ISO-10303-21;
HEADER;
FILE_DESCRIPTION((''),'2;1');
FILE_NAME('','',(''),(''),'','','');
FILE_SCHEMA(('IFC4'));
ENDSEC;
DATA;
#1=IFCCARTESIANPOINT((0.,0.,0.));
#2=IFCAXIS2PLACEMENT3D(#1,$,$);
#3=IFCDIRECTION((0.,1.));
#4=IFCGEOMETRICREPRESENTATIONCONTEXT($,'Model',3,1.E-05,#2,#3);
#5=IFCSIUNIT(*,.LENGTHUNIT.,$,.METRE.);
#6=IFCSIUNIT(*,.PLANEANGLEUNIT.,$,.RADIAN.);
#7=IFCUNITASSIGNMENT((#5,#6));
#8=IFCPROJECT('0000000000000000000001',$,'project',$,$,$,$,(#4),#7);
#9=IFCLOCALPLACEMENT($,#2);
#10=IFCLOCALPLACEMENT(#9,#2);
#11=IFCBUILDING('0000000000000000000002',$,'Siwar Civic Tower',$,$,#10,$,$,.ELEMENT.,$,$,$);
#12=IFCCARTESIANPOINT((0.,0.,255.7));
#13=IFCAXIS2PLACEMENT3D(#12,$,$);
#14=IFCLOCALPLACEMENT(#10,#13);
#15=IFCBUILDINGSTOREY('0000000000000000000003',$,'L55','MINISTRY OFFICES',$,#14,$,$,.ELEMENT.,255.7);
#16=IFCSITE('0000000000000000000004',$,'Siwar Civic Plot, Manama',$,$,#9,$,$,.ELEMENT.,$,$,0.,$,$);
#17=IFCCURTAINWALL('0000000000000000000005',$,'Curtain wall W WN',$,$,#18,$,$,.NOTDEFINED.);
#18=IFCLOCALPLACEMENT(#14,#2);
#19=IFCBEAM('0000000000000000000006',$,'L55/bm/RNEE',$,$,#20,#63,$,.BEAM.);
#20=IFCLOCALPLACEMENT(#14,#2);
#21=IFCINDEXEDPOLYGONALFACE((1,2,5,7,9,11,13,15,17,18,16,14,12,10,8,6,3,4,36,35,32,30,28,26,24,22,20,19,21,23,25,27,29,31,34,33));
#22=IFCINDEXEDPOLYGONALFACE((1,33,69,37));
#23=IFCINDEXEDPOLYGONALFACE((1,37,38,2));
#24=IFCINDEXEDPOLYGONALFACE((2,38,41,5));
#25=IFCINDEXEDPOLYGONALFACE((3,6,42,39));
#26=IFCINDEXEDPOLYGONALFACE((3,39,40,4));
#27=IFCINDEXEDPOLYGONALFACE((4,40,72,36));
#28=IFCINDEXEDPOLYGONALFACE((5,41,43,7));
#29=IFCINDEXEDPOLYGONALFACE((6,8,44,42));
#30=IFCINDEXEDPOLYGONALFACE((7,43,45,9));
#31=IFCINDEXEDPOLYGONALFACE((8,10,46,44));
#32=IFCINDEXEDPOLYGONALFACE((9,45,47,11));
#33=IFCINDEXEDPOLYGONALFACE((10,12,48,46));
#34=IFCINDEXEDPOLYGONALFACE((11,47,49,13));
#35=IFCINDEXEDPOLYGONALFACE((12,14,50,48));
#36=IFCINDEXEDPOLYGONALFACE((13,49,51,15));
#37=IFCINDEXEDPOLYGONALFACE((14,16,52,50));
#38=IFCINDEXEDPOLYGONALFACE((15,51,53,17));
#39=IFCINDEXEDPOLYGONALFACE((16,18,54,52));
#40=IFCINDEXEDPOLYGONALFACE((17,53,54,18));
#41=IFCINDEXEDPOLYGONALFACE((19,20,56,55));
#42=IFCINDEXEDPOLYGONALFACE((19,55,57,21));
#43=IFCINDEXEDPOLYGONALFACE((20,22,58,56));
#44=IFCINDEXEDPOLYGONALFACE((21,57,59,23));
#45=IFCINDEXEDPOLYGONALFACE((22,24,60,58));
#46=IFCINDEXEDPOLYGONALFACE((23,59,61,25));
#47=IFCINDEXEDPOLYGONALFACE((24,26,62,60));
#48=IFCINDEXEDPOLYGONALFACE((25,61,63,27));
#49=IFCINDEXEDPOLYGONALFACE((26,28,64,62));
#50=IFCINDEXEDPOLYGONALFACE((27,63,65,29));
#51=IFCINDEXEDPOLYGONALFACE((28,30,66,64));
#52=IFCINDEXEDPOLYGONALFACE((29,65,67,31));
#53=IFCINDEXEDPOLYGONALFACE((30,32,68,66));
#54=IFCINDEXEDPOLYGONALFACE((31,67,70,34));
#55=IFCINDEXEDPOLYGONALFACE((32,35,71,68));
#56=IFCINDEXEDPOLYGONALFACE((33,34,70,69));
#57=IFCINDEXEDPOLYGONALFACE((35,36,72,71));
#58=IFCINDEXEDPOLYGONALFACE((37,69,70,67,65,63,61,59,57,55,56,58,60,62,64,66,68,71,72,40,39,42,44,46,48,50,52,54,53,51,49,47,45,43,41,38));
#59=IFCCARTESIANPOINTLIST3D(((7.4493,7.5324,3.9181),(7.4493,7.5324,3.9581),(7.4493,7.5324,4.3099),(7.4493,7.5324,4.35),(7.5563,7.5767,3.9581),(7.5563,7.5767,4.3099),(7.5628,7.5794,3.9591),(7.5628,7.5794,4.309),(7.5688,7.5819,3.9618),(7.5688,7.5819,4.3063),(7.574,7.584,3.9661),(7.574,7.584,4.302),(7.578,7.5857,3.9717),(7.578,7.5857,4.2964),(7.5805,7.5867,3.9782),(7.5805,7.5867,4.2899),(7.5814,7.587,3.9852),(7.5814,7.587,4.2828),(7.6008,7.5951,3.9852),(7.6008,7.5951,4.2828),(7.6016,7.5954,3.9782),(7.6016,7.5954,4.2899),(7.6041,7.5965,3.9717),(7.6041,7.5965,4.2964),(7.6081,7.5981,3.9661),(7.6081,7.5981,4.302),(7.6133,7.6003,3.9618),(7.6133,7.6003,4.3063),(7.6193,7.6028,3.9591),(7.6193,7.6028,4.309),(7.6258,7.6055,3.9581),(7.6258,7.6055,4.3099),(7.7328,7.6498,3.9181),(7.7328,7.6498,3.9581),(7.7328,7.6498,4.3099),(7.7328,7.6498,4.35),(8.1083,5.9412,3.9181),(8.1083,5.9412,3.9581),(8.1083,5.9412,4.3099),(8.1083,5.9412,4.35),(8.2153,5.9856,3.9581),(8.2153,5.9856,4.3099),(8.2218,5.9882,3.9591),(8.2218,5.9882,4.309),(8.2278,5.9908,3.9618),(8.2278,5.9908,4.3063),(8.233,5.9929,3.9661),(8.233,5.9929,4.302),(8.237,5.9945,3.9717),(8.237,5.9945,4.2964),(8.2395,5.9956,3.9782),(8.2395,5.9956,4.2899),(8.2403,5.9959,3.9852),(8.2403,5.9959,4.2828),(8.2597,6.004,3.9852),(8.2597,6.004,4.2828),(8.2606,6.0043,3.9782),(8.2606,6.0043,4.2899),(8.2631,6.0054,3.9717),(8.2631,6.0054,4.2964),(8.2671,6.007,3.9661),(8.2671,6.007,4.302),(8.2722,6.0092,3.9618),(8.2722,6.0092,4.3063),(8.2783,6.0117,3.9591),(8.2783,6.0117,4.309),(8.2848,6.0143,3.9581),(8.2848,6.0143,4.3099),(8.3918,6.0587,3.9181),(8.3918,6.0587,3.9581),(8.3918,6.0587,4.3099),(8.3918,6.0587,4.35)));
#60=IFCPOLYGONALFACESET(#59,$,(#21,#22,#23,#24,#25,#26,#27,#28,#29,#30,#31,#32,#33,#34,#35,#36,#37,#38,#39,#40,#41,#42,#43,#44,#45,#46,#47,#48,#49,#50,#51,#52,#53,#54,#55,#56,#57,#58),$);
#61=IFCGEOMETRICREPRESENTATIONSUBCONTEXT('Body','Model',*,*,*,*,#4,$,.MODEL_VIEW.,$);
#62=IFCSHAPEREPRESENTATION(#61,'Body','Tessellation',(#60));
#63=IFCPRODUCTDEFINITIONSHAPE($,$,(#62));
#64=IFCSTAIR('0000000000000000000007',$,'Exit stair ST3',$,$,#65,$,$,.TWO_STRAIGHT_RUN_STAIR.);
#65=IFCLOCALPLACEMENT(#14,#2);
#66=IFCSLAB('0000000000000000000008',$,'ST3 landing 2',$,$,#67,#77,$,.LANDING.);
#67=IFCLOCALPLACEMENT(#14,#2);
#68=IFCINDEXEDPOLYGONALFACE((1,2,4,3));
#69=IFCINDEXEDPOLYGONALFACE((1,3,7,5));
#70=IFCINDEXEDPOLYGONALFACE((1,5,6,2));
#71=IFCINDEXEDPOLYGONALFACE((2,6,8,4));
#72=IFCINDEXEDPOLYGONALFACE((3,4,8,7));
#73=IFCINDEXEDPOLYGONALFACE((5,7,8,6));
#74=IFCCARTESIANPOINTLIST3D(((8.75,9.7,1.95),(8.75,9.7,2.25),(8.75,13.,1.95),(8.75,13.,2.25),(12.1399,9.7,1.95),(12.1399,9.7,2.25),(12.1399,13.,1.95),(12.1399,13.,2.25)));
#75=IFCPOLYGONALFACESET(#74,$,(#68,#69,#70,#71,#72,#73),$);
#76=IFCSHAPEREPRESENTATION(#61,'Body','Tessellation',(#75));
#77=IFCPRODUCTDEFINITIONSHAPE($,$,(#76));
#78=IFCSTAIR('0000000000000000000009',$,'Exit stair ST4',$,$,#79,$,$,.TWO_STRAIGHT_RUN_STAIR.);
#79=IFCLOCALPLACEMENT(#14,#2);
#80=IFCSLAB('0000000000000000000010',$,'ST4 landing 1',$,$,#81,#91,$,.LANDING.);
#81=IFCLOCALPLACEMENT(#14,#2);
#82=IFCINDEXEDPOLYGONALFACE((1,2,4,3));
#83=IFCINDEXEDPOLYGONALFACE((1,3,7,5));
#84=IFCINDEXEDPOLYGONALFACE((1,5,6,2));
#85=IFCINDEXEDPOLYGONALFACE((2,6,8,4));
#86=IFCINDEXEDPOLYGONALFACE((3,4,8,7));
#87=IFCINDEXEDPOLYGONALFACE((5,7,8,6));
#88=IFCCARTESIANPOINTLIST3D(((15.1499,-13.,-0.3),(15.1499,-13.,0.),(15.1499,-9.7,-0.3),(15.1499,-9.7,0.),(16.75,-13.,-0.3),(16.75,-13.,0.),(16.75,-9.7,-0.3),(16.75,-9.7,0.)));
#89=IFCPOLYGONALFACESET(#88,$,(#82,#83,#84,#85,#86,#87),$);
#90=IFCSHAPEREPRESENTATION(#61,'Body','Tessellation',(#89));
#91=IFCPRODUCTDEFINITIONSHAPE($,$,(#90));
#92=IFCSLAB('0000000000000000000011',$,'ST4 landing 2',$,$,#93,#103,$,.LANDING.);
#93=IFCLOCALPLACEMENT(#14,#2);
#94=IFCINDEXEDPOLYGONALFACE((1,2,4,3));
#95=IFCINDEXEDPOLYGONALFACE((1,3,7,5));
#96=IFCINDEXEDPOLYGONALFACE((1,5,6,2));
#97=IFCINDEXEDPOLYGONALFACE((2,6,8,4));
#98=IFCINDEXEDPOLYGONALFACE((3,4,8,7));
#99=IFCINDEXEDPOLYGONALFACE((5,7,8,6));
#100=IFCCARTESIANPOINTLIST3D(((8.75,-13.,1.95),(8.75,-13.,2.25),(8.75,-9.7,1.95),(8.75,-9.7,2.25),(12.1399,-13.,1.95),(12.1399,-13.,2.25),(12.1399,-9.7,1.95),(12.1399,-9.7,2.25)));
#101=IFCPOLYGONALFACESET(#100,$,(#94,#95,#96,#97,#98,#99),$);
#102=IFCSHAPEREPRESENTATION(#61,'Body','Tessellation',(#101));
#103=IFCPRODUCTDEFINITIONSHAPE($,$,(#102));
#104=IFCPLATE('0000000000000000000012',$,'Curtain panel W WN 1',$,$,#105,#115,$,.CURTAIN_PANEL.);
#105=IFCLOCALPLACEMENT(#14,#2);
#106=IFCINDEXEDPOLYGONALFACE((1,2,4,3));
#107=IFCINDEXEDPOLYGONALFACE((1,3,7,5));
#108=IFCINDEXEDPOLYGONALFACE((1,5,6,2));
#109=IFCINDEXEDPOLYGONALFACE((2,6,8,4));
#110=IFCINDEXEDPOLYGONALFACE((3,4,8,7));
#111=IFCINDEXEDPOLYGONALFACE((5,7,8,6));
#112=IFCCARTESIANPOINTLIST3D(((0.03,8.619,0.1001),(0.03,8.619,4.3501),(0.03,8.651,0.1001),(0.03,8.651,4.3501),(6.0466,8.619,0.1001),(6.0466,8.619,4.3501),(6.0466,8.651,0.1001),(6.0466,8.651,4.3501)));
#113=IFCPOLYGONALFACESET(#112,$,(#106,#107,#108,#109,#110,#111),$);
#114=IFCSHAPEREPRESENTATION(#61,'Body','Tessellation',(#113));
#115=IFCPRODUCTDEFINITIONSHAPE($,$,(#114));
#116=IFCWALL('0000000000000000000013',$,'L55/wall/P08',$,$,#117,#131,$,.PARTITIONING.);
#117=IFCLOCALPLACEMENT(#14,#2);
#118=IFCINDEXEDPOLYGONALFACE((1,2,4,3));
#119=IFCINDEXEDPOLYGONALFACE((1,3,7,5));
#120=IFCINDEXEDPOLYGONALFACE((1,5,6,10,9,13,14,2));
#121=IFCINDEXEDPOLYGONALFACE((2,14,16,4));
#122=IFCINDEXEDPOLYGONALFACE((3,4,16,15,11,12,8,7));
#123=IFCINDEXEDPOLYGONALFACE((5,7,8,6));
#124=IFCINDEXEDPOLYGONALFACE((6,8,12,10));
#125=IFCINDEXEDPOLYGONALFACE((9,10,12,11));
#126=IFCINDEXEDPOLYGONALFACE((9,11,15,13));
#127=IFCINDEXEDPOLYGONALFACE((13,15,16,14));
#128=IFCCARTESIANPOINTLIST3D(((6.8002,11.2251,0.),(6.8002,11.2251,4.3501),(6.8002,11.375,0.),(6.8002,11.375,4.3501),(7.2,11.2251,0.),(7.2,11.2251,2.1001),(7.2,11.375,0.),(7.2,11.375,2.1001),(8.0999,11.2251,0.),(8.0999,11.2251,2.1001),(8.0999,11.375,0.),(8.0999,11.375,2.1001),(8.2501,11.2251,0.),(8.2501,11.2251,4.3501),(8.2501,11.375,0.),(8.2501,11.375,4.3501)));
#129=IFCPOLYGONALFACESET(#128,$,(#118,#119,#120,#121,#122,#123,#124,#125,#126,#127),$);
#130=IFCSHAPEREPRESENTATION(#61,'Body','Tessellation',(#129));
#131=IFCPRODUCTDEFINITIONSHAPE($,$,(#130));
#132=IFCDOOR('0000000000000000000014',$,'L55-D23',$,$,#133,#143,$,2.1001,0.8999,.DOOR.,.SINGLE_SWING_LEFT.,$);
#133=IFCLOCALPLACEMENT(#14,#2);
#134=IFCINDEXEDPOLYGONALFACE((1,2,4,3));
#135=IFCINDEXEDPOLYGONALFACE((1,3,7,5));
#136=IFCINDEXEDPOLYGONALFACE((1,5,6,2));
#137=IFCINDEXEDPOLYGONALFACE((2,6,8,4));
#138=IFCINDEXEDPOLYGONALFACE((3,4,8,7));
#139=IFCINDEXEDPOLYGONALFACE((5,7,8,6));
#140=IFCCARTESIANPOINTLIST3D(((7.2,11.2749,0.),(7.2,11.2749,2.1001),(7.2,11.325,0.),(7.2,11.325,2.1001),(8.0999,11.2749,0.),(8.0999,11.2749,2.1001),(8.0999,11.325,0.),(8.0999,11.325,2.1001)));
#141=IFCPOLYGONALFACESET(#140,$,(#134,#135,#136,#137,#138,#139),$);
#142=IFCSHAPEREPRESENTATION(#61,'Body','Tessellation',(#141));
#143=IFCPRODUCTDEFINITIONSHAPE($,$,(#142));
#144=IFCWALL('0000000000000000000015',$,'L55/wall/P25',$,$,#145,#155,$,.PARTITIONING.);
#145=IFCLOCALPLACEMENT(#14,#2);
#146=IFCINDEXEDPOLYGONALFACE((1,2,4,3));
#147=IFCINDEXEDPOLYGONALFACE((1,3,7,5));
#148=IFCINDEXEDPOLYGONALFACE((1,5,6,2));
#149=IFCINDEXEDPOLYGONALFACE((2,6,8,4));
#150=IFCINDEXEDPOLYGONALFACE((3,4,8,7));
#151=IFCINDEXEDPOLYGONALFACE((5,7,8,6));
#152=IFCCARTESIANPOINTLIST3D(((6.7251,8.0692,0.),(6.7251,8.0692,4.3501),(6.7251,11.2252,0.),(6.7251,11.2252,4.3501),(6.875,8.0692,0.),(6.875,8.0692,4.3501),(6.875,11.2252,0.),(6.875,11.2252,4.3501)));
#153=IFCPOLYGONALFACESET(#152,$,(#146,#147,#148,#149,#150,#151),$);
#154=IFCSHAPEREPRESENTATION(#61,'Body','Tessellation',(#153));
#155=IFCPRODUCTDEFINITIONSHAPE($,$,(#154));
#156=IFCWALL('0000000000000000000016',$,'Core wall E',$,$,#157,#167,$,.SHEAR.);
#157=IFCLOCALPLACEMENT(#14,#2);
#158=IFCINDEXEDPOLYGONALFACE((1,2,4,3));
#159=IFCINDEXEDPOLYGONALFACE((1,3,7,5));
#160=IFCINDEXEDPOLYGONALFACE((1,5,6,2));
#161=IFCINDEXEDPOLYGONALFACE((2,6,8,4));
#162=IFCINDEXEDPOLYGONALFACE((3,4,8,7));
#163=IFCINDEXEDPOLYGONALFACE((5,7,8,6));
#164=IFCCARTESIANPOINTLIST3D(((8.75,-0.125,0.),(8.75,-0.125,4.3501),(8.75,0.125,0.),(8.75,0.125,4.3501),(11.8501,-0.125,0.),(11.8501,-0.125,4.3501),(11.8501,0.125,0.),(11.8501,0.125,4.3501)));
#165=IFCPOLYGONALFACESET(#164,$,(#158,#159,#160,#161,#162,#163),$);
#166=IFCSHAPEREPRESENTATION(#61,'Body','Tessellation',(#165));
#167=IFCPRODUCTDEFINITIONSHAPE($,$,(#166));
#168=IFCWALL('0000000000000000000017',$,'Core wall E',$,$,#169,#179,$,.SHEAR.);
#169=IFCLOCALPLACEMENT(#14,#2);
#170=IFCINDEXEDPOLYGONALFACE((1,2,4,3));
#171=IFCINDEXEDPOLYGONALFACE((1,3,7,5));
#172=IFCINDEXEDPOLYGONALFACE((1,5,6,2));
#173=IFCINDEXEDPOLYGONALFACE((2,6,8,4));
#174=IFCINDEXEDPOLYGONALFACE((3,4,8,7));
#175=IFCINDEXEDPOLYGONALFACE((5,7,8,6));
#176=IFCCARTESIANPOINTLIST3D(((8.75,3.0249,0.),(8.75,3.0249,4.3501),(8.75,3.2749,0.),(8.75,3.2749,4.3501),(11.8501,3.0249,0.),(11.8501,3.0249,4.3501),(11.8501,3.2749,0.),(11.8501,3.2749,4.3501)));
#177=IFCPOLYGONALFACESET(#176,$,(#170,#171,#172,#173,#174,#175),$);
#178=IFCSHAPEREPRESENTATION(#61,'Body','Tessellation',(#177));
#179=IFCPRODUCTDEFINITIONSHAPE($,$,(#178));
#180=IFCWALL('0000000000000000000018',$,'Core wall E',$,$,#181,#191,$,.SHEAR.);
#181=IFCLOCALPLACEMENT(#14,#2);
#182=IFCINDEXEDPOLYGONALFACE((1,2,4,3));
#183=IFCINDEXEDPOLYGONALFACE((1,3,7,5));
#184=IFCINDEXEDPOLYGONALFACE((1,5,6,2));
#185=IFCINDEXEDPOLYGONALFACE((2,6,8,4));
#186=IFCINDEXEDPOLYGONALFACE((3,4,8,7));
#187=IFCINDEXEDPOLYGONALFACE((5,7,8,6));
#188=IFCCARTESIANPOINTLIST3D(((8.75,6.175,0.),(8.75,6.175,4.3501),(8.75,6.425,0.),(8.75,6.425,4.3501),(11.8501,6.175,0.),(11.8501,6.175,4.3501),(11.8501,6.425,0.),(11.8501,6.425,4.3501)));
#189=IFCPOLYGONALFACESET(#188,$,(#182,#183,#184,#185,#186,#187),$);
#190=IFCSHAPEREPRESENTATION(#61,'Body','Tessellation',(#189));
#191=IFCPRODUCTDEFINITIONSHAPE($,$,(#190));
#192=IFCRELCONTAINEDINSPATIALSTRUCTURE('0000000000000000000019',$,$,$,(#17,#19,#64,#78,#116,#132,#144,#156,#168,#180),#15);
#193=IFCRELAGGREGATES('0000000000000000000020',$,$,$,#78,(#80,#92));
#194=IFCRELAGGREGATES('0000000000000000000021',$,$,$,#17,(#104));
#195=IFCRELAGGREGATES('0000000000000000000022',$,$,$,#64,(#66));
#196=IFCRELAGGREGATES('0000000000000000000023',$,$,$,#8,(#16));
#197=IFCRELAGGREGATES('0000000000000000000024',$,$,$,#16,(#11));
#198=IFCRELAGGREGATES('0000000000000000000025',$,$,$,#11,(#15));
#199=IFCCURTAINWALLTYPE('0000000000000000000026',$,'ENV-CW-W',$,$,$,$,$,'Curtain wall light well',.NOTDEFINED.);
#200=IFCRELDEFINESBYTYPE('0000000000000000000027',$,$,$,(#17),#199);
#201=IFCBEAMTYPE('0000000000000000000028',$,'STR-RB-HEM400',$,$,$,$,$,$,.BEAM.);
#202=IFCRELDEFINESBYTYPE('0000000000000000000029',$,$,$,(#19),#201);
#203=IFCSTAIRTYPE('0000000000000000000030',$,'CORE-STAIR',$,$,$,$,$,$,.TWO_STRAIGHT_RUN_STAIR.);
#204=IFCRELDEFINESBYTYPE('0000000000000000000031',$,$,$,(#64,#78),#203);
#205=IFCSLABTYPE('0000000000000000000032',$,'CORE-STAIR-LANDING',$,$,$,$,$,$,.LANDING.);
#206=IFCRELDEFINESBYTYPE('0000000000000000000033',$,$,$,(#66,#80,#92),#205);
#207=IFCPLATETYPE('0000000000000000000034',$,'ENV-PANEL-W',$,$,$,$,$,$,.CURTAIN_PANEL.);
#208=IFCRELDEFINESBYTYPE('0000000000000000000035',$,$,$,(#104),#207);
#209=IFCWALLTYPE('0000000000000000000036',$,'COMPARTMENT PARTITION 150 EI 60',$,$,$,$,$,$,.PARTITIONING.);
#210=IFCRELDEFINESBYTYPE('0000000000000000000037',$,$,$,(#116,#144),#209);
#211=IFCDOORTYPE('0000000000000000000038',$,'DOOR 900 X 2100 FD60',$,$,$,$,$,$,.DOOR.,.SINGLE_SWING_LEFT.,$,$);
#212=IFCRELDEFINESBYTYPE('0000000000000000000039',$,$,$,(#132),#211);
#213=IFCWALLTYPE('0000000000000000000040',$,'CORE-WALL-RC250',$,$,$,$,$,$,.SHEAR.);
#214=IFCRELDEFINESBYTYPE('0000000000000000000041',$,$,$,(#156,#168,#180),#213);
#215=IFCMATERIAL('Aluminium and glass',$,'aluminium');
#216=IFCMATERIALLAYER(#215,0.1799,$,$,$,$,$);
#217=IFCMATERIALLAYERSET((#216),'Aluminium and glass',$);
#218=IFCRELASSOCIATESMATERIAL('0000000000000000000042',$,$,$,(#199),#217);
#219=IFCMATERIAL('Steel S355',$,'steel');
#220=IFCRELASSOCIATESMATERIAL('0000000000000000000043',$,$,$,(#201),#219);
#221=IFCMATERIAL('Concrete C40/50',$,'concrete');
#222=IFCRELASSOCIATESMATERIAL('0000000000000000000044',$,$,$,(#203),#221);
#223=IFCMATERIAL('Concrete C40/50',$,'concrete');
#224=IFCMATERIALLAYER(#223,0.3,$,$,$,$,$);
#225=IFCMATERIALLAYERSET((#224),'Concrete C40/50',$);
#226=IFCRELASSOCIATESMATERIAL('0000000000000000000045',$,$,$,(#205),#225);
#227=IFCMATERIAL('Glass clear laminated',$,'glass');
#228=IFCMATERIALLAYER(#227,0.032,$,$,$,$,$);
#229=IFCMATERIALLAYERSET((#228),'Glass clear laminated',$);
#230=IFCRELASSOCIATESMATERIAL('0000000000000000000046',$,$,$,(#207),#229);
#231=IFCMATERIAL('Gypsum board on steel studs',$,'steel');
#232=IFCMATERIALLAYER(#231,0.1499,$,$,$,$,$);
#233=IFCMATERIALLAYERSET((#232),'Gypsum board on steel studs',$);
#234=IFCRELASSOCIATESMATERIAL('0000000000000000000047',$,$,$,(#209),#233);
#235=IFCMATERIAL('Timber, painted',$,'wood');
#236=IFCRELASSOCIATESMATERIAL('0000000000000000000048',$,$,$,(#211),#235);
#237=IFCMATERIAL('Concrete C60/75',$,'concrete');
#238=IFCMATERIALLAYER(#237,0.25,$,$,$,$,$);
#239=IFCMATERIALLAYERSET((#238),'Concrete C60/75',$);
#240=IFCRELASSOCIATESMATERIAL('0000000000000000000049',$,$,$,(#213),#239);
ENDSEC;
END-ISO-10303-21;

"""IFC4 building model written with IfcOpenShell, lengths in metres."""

from ifc_helpers import new_model, si_unit, direction, frame, frame_2d, origin, origin_2d, place, context, subcontext, project, spatial, polyline, rectangle, i_section, outline, extrude, material, layer, layer_set, material_profile, profile_set, type_object, element, fill, aggregate, save


model = new_model("IFC4")

# Units and contexts
model_context = context("Model", 3, precision=1e-05, world=origin(), true_north=direction((0.0, 1.0)))
body_context = subcontext(model_context, "Body", "Model", "MODEL_VIEW")
ifc_project = project(units=[si_unit("LENGTHUNIT", "METRE"), si_unit("PLANEANGLEUNIT", "RADIAN")], contexts=[model_context])

# Site, building, storey
site_placement = place(None, origin())
site = spatial("IfcSite", under=ifc_project, at=site_placement, Name="Siwar Civic Plot, Manama", CompositionType="ELEMENT", RefElevation=0.0)
building_placement = place(site_placement, origin())
building = spatial("IfcBuilding", under=site, at=building_placement, Name="Siwar Civic Tower", CompositionType="ELEMENT")
storey_placement = place(building_placement, frame((0.0, 0.0, 255.7)))
storey = spatial("IfcBuildingStorey", under=building, at=storey_placement, Name="L55", Description="MINISTRY OFFICES", CompositionType="ELEMENT", Elevation=255.7)

# Curtain wall
ifc_material_1 = material(Name="Aluminium and glass", Category="aluminium")
ifc_layer_1 = layer(ifc_material_1, 0.1799)
ifc_layer_set_1 = layer_set([ifc_layer_1], Name="Aluminium and glass")
curtain_wall_type = type_object("IfcCurtainWallType", Name="ENV-CW-W", ElementType="Curtain wall light well", PredefinedType="NOTDEFINED", material=ifc_layer_set_1)
curtain_wall_placement = place(storey_placement, origin())
curtain_wall = element("IfcCurtainWall", 1, at=curtain_wall_placement, inside=storey, type_object=curtain_wall_type, Name="Curtain wall W WN", PredefinedType="NOTDEFINED")

# Beam
ifc_material_2 = material(Name="Steel S355", Category="steel")
ifc_material_profile_1 = material_profile(ifc_material_2, i_section(OverallWidth=0.3069, OverallDepth=0.4319, WebThickness=0.021, FlangeThickness=0.04, FilletRadius=0.0271, at=origin_2d()), Name="HEM400")
ifc_profile_set_1 = profile_set([ifc_material_profile_1], Name="Steel S355")
beam_type_1 = type_object("IfcBeamType", Name="STR-RB-HEM400", PredefinedType="BEAM", material=ifc_profile_set_1)
for number, where, z_axis, x_axis, name in (
    (2, (7.5911, 7.5911, 4.134), (0.382631, -0.923901, 0.0), (0.923901, 0.382631, 0.0), "L55/bm/RNEE"),
):
    element("IfcBeam", number, at=place(storey_placement, frame(where, z_axis=z_axis, x_axis=x_axis)), inside=storey, type_object=beam_type_1, Name=name, PredefinedType="BEAM", context=body_context, shape_type="SweptSolid", body=[
        extrude(i_section(OverallWidth=0.3069, OverallDepth=0.4319, WebThickness=0.021, FlangeThickness=0.04, FilletRadius=0.0271, at=origin_2d()), origin(), (0.0, 0.0, 1.0), 1.7222),
    ])

# Stair, slab
ifc_material_3 = material(Name="Concrete C40/50", Category="concrete")
stair_type = type_object("IfcStairType", Name="CORE-STAIR", PredefinedType="TWO_STRAIGHT_RUN_STAIR", material=ifc_material_3)
stair_1_placement = place(storey_placement, origin())
stair_1 = element("IfcStair", 3, at=stair_1_placement, inside=storey, type_object=stair_type, Name="Exit stair ST3", PredefinedType="TWO_STRAIGHT_RUN_STAIR")
ifc_material_4 = material(Name="Concrete C40/50", Category="concrete")
ifc_layer_2 = layer(ifc_material_4, 0.3)
ifc_layer_set_2 = layer_set([ifc_layer_2], Name="Concrete C40/50")
slab_type_1 = type_object("IfcSlabType", Name="CORE-STAIR-LANDING", PredefinedType="LANDING", material=ifc_layer_set_2)
slab_1_placement = place(storey_placement, frame((0.0, 0.0, 1.95)))
slab_1 = element("IfcSlab", 4, at=slab_1_placement, type_object=slab_type_1, Name="ST3 landing 2", PredefinedType="LANDING", context=body_context, shape_type="SweptSolid", body=[
    extrude(outline(polyline([(8.75, 9.7), (12.1399, 9.7), (12.1399, 13.0), (8.75, 13.0), (8.75, 9.7)])), origin(), (0.0, 0.0, 1.0), 0.3),
])

# Stair, slabs
stair_2_placement = place(storey_placement, origin())
stair_2 = element("IfcStair", 5, at=stair_2_placement, inside=storey, type_object=stair_type, Name="Exit stair ST4", PredefinedType="TWO_STRAIGHT_RUN_STAIR")
slab_2_placement = place(storey_placement, frame((0.0, 0.0, -0.3)))
slab_2 = element("IfcSlab", 6, at=slab_2_placement, type_object=slab_type_1, Name="ST4 landing 1", PredefinedType="LANDING", context=body_context, shape_type="SweptSolid", body=[
    extrude(outline(polyline([(15.1499, -13.0), (16.75, -13.0), (16.75, -9.7), (15.1499, -9.7), (15.1499, -13.0)])), origin(), (0.0, 0.0, 1.0), 0.3),
])
slab_3_placement = place(storey_placement, frame((0.0, 0.0, 1.95)))
slab_3 = element("IfcSlab", 7, at=slab_3_placement, type_object=slab_type_1, Name="ST4 landing 2", PredefinedType="LANDING", context=body_context, shape_type="SweptSolid", body=[
    extrude(outline(polyline([(8.75, -13.0), (12.1399, -13.0), (12.1399, -9.7), (8.75, -9.7), (8.75, -13.0)])), origin(), (0.0, 0.0, 1.0), 0.3),
])
aggregate(stair_2, [slab_2, slab_3])

# Plate
ifc_material_5 = material(Name="Glass clear laminated", Category="glass")
ifc_layer_3 = layer(ifc_material_5, 0.032)
ifc_layer_set_3 = layer_set([ifc_layer_3], Name="Glass clear laminated")
plate_type = type_object("IfcPlateType", Name="ENV-PANEL-W", PredefinedType="CURTAIN_PANEL", material=ifc_layer_set_3)
plate_placement = place(storey_placement, frame((3.0383, 8.635, 0.1001), z_axis=(0.0, 0.0, 1.0), x_axis=(-1.0, 0.0, 0.0)))
plate = element("IfcPlate", 8, at=plate_placement, type_object=plate_type, Name="Curtain panel W WN 1", PredefinedType="CURTAIN_PANEL", context=body_context, shape_type="SweptSolid", body=[
    extrude(rectangle(XDim=6.0166, YDim=0.032, at=origin_2d()), origin(), (0.0, 0.0, 1.0), 4.25),
])
aggregate(curtain_wall, [plate])

# Wall, opening, door
ifc_material_6 = material(Name="Gypsum board on steel studs", Category="steel")
ifc_layer_4 = layer(ifc_material_6, 0.1499)
ifc_layer_set_4 = layer_set([ifc_layer_4], Name="Gypsum board on steel studs")
wall_type_1 = type_object("IfcWallType", Name="COMPARTMENT PARTITION 150 EI 60", PredefinedType="PARTITIONING", material=ifc_layer_set_4)
wall_1_placement = place(storey_placement, frame((6.8, 11.3, 0.0), z_axis=(0.0, 0.0, 1.0), x_axis=(1.0, 0.0, 0.0)))
wall_1 = element("IfcWall", 9, at=wall_1_placement, inside=storey, type_object=wall_type_1, Name="L55/wall/P08", PredefinedType="PARTITIONING", context=body_context, shape_type="SweptSolid", body=[
    extrude(rectangle(XDim=1.45, YDim=0.1499, at=frame_2d((0.7251, 0.0))), origin(), (0.0, 0.0, 1.0), 4.3501),
])
opening_1_placement = place(wall_1_placement, frame((0.3999, 0.0, 0.0)))
opening_1 = element("IfcOpeningElement", 10, at=opening_1_placement, cuts=wall_1, PredefinedType="OPENING", context=body_context, shape_type="SweptSolid", body=[
    extrude(rectangle(XDim=0.8999, YDim=2.1001, at=frame_2d((0.45, 1.05))), frame((0.0, 0.085, 0.0), z_axis=(0.0, -1.0, 0.0), x_axis=(1.0, 0.0, 0.0)), (0.0, 0.0, 1.0), 0.1699),
])
ifc_material_7 = material(Name="Timber, painted", Category="wood")
door_type_1 = type_object("IfcDoorType", Name="DOOR 900 X 2100 FD60", OperationType="SINGLE_SWING_LEFT", PredefinedType="DOOR", material=ifc_material_7)
door_1_placement = place(opening_1_placement, origin())
door_1 = element("IfcDoor", 11, at=door_1_placement, inside=storey, type_object=door_type_1, Name="L55-D23", OperationType="SINGLE_SWING_LEFT", OverallHeight=2.1001, OverallWidth=0.8999, PredefinedType="DOOR", context=body_context, shape_type="SweptSolid", body=[
    extrude(rectangle(XDim=0.8999, YDim=2.1001, at=frame_2d((0.45, 1.05))), frame((0.0, 0.0249, 0.0), z_axis=(0.0, -1.0, 0.0), x_axis=(1.0, 0.0, 0.0)), (0.0, 0.0, 1.0), 0.05),
])
fill(opening_1, door_1)

# Walls
wall_2_placement = place(storey_placement, frame((6.8, 8.0691, 0.0), z_axis=(0.0, 0.0, 1.0), x_axis=(0.0, 1.0, 0.0)))
element("IfcWall", 12, at=wall_2_placement, inside=storey, type_object=wall_type_1, Name="L55/wall/P25", PredefinedType="PARTITIONING", context=body_context, shape_type="SweptSolid", body=[
    extrude(rectangle(XDim=3.156, YDim=0.1499, at=frame_2d((1.5781, 0.0))), origin(), (0.0, 0.0, 1.0), 4.3501),
])
ifc_material_8 = material(Name="Concrete C60/75", Category="concrete")
ifc_layer_5 = layer(ifc_material_8, 0.25)
ifc_layer_set_5 = layer_set([ifc_layer_5], Name="Concrete C60/75")
wall_type_2 = type_object("IfcWallType", Name="CORE-WALL-RC250", PredefinedType="SHEAR", material=ifc_layer_set_5)
for number, where, z_axis, x_axis, name in (
    (13, (8.75, 0.0, 0.0), (0.0, 0.0, 1.0), (1.0, 0.0, 0.0), "Core wall E"),
    (14, (8.75, 3.1499, 0.0), (0.0, 0.0, 1.0), (1.0, 0.0, 0.0), "Core wall E"),
    (15, (8.75, 6.3, 0.0), (0.0, 0.0, 1.0), (1.0, 0.0, 0.0), "Core wall E"),
):
    element("IfcWall", number, at=place(storey_placement, frame(where, z_axis=z_axis, x_axis=x_axis)), inside=storey, type_object=wall_type_2, Name=name, PredefinedType="SHEAR", context=body_context, shape_type="SweptSolid", body=[
        extrude(rectangle(XDim=3.1001, YDim=0.25, at=frame_2d((1.55, 0.0))), origin(), (0.0, 0.0, 1.0), 4.3501),
    ])

aggregate(stair_1, [slab_1])

save(model, "model.ifc")
